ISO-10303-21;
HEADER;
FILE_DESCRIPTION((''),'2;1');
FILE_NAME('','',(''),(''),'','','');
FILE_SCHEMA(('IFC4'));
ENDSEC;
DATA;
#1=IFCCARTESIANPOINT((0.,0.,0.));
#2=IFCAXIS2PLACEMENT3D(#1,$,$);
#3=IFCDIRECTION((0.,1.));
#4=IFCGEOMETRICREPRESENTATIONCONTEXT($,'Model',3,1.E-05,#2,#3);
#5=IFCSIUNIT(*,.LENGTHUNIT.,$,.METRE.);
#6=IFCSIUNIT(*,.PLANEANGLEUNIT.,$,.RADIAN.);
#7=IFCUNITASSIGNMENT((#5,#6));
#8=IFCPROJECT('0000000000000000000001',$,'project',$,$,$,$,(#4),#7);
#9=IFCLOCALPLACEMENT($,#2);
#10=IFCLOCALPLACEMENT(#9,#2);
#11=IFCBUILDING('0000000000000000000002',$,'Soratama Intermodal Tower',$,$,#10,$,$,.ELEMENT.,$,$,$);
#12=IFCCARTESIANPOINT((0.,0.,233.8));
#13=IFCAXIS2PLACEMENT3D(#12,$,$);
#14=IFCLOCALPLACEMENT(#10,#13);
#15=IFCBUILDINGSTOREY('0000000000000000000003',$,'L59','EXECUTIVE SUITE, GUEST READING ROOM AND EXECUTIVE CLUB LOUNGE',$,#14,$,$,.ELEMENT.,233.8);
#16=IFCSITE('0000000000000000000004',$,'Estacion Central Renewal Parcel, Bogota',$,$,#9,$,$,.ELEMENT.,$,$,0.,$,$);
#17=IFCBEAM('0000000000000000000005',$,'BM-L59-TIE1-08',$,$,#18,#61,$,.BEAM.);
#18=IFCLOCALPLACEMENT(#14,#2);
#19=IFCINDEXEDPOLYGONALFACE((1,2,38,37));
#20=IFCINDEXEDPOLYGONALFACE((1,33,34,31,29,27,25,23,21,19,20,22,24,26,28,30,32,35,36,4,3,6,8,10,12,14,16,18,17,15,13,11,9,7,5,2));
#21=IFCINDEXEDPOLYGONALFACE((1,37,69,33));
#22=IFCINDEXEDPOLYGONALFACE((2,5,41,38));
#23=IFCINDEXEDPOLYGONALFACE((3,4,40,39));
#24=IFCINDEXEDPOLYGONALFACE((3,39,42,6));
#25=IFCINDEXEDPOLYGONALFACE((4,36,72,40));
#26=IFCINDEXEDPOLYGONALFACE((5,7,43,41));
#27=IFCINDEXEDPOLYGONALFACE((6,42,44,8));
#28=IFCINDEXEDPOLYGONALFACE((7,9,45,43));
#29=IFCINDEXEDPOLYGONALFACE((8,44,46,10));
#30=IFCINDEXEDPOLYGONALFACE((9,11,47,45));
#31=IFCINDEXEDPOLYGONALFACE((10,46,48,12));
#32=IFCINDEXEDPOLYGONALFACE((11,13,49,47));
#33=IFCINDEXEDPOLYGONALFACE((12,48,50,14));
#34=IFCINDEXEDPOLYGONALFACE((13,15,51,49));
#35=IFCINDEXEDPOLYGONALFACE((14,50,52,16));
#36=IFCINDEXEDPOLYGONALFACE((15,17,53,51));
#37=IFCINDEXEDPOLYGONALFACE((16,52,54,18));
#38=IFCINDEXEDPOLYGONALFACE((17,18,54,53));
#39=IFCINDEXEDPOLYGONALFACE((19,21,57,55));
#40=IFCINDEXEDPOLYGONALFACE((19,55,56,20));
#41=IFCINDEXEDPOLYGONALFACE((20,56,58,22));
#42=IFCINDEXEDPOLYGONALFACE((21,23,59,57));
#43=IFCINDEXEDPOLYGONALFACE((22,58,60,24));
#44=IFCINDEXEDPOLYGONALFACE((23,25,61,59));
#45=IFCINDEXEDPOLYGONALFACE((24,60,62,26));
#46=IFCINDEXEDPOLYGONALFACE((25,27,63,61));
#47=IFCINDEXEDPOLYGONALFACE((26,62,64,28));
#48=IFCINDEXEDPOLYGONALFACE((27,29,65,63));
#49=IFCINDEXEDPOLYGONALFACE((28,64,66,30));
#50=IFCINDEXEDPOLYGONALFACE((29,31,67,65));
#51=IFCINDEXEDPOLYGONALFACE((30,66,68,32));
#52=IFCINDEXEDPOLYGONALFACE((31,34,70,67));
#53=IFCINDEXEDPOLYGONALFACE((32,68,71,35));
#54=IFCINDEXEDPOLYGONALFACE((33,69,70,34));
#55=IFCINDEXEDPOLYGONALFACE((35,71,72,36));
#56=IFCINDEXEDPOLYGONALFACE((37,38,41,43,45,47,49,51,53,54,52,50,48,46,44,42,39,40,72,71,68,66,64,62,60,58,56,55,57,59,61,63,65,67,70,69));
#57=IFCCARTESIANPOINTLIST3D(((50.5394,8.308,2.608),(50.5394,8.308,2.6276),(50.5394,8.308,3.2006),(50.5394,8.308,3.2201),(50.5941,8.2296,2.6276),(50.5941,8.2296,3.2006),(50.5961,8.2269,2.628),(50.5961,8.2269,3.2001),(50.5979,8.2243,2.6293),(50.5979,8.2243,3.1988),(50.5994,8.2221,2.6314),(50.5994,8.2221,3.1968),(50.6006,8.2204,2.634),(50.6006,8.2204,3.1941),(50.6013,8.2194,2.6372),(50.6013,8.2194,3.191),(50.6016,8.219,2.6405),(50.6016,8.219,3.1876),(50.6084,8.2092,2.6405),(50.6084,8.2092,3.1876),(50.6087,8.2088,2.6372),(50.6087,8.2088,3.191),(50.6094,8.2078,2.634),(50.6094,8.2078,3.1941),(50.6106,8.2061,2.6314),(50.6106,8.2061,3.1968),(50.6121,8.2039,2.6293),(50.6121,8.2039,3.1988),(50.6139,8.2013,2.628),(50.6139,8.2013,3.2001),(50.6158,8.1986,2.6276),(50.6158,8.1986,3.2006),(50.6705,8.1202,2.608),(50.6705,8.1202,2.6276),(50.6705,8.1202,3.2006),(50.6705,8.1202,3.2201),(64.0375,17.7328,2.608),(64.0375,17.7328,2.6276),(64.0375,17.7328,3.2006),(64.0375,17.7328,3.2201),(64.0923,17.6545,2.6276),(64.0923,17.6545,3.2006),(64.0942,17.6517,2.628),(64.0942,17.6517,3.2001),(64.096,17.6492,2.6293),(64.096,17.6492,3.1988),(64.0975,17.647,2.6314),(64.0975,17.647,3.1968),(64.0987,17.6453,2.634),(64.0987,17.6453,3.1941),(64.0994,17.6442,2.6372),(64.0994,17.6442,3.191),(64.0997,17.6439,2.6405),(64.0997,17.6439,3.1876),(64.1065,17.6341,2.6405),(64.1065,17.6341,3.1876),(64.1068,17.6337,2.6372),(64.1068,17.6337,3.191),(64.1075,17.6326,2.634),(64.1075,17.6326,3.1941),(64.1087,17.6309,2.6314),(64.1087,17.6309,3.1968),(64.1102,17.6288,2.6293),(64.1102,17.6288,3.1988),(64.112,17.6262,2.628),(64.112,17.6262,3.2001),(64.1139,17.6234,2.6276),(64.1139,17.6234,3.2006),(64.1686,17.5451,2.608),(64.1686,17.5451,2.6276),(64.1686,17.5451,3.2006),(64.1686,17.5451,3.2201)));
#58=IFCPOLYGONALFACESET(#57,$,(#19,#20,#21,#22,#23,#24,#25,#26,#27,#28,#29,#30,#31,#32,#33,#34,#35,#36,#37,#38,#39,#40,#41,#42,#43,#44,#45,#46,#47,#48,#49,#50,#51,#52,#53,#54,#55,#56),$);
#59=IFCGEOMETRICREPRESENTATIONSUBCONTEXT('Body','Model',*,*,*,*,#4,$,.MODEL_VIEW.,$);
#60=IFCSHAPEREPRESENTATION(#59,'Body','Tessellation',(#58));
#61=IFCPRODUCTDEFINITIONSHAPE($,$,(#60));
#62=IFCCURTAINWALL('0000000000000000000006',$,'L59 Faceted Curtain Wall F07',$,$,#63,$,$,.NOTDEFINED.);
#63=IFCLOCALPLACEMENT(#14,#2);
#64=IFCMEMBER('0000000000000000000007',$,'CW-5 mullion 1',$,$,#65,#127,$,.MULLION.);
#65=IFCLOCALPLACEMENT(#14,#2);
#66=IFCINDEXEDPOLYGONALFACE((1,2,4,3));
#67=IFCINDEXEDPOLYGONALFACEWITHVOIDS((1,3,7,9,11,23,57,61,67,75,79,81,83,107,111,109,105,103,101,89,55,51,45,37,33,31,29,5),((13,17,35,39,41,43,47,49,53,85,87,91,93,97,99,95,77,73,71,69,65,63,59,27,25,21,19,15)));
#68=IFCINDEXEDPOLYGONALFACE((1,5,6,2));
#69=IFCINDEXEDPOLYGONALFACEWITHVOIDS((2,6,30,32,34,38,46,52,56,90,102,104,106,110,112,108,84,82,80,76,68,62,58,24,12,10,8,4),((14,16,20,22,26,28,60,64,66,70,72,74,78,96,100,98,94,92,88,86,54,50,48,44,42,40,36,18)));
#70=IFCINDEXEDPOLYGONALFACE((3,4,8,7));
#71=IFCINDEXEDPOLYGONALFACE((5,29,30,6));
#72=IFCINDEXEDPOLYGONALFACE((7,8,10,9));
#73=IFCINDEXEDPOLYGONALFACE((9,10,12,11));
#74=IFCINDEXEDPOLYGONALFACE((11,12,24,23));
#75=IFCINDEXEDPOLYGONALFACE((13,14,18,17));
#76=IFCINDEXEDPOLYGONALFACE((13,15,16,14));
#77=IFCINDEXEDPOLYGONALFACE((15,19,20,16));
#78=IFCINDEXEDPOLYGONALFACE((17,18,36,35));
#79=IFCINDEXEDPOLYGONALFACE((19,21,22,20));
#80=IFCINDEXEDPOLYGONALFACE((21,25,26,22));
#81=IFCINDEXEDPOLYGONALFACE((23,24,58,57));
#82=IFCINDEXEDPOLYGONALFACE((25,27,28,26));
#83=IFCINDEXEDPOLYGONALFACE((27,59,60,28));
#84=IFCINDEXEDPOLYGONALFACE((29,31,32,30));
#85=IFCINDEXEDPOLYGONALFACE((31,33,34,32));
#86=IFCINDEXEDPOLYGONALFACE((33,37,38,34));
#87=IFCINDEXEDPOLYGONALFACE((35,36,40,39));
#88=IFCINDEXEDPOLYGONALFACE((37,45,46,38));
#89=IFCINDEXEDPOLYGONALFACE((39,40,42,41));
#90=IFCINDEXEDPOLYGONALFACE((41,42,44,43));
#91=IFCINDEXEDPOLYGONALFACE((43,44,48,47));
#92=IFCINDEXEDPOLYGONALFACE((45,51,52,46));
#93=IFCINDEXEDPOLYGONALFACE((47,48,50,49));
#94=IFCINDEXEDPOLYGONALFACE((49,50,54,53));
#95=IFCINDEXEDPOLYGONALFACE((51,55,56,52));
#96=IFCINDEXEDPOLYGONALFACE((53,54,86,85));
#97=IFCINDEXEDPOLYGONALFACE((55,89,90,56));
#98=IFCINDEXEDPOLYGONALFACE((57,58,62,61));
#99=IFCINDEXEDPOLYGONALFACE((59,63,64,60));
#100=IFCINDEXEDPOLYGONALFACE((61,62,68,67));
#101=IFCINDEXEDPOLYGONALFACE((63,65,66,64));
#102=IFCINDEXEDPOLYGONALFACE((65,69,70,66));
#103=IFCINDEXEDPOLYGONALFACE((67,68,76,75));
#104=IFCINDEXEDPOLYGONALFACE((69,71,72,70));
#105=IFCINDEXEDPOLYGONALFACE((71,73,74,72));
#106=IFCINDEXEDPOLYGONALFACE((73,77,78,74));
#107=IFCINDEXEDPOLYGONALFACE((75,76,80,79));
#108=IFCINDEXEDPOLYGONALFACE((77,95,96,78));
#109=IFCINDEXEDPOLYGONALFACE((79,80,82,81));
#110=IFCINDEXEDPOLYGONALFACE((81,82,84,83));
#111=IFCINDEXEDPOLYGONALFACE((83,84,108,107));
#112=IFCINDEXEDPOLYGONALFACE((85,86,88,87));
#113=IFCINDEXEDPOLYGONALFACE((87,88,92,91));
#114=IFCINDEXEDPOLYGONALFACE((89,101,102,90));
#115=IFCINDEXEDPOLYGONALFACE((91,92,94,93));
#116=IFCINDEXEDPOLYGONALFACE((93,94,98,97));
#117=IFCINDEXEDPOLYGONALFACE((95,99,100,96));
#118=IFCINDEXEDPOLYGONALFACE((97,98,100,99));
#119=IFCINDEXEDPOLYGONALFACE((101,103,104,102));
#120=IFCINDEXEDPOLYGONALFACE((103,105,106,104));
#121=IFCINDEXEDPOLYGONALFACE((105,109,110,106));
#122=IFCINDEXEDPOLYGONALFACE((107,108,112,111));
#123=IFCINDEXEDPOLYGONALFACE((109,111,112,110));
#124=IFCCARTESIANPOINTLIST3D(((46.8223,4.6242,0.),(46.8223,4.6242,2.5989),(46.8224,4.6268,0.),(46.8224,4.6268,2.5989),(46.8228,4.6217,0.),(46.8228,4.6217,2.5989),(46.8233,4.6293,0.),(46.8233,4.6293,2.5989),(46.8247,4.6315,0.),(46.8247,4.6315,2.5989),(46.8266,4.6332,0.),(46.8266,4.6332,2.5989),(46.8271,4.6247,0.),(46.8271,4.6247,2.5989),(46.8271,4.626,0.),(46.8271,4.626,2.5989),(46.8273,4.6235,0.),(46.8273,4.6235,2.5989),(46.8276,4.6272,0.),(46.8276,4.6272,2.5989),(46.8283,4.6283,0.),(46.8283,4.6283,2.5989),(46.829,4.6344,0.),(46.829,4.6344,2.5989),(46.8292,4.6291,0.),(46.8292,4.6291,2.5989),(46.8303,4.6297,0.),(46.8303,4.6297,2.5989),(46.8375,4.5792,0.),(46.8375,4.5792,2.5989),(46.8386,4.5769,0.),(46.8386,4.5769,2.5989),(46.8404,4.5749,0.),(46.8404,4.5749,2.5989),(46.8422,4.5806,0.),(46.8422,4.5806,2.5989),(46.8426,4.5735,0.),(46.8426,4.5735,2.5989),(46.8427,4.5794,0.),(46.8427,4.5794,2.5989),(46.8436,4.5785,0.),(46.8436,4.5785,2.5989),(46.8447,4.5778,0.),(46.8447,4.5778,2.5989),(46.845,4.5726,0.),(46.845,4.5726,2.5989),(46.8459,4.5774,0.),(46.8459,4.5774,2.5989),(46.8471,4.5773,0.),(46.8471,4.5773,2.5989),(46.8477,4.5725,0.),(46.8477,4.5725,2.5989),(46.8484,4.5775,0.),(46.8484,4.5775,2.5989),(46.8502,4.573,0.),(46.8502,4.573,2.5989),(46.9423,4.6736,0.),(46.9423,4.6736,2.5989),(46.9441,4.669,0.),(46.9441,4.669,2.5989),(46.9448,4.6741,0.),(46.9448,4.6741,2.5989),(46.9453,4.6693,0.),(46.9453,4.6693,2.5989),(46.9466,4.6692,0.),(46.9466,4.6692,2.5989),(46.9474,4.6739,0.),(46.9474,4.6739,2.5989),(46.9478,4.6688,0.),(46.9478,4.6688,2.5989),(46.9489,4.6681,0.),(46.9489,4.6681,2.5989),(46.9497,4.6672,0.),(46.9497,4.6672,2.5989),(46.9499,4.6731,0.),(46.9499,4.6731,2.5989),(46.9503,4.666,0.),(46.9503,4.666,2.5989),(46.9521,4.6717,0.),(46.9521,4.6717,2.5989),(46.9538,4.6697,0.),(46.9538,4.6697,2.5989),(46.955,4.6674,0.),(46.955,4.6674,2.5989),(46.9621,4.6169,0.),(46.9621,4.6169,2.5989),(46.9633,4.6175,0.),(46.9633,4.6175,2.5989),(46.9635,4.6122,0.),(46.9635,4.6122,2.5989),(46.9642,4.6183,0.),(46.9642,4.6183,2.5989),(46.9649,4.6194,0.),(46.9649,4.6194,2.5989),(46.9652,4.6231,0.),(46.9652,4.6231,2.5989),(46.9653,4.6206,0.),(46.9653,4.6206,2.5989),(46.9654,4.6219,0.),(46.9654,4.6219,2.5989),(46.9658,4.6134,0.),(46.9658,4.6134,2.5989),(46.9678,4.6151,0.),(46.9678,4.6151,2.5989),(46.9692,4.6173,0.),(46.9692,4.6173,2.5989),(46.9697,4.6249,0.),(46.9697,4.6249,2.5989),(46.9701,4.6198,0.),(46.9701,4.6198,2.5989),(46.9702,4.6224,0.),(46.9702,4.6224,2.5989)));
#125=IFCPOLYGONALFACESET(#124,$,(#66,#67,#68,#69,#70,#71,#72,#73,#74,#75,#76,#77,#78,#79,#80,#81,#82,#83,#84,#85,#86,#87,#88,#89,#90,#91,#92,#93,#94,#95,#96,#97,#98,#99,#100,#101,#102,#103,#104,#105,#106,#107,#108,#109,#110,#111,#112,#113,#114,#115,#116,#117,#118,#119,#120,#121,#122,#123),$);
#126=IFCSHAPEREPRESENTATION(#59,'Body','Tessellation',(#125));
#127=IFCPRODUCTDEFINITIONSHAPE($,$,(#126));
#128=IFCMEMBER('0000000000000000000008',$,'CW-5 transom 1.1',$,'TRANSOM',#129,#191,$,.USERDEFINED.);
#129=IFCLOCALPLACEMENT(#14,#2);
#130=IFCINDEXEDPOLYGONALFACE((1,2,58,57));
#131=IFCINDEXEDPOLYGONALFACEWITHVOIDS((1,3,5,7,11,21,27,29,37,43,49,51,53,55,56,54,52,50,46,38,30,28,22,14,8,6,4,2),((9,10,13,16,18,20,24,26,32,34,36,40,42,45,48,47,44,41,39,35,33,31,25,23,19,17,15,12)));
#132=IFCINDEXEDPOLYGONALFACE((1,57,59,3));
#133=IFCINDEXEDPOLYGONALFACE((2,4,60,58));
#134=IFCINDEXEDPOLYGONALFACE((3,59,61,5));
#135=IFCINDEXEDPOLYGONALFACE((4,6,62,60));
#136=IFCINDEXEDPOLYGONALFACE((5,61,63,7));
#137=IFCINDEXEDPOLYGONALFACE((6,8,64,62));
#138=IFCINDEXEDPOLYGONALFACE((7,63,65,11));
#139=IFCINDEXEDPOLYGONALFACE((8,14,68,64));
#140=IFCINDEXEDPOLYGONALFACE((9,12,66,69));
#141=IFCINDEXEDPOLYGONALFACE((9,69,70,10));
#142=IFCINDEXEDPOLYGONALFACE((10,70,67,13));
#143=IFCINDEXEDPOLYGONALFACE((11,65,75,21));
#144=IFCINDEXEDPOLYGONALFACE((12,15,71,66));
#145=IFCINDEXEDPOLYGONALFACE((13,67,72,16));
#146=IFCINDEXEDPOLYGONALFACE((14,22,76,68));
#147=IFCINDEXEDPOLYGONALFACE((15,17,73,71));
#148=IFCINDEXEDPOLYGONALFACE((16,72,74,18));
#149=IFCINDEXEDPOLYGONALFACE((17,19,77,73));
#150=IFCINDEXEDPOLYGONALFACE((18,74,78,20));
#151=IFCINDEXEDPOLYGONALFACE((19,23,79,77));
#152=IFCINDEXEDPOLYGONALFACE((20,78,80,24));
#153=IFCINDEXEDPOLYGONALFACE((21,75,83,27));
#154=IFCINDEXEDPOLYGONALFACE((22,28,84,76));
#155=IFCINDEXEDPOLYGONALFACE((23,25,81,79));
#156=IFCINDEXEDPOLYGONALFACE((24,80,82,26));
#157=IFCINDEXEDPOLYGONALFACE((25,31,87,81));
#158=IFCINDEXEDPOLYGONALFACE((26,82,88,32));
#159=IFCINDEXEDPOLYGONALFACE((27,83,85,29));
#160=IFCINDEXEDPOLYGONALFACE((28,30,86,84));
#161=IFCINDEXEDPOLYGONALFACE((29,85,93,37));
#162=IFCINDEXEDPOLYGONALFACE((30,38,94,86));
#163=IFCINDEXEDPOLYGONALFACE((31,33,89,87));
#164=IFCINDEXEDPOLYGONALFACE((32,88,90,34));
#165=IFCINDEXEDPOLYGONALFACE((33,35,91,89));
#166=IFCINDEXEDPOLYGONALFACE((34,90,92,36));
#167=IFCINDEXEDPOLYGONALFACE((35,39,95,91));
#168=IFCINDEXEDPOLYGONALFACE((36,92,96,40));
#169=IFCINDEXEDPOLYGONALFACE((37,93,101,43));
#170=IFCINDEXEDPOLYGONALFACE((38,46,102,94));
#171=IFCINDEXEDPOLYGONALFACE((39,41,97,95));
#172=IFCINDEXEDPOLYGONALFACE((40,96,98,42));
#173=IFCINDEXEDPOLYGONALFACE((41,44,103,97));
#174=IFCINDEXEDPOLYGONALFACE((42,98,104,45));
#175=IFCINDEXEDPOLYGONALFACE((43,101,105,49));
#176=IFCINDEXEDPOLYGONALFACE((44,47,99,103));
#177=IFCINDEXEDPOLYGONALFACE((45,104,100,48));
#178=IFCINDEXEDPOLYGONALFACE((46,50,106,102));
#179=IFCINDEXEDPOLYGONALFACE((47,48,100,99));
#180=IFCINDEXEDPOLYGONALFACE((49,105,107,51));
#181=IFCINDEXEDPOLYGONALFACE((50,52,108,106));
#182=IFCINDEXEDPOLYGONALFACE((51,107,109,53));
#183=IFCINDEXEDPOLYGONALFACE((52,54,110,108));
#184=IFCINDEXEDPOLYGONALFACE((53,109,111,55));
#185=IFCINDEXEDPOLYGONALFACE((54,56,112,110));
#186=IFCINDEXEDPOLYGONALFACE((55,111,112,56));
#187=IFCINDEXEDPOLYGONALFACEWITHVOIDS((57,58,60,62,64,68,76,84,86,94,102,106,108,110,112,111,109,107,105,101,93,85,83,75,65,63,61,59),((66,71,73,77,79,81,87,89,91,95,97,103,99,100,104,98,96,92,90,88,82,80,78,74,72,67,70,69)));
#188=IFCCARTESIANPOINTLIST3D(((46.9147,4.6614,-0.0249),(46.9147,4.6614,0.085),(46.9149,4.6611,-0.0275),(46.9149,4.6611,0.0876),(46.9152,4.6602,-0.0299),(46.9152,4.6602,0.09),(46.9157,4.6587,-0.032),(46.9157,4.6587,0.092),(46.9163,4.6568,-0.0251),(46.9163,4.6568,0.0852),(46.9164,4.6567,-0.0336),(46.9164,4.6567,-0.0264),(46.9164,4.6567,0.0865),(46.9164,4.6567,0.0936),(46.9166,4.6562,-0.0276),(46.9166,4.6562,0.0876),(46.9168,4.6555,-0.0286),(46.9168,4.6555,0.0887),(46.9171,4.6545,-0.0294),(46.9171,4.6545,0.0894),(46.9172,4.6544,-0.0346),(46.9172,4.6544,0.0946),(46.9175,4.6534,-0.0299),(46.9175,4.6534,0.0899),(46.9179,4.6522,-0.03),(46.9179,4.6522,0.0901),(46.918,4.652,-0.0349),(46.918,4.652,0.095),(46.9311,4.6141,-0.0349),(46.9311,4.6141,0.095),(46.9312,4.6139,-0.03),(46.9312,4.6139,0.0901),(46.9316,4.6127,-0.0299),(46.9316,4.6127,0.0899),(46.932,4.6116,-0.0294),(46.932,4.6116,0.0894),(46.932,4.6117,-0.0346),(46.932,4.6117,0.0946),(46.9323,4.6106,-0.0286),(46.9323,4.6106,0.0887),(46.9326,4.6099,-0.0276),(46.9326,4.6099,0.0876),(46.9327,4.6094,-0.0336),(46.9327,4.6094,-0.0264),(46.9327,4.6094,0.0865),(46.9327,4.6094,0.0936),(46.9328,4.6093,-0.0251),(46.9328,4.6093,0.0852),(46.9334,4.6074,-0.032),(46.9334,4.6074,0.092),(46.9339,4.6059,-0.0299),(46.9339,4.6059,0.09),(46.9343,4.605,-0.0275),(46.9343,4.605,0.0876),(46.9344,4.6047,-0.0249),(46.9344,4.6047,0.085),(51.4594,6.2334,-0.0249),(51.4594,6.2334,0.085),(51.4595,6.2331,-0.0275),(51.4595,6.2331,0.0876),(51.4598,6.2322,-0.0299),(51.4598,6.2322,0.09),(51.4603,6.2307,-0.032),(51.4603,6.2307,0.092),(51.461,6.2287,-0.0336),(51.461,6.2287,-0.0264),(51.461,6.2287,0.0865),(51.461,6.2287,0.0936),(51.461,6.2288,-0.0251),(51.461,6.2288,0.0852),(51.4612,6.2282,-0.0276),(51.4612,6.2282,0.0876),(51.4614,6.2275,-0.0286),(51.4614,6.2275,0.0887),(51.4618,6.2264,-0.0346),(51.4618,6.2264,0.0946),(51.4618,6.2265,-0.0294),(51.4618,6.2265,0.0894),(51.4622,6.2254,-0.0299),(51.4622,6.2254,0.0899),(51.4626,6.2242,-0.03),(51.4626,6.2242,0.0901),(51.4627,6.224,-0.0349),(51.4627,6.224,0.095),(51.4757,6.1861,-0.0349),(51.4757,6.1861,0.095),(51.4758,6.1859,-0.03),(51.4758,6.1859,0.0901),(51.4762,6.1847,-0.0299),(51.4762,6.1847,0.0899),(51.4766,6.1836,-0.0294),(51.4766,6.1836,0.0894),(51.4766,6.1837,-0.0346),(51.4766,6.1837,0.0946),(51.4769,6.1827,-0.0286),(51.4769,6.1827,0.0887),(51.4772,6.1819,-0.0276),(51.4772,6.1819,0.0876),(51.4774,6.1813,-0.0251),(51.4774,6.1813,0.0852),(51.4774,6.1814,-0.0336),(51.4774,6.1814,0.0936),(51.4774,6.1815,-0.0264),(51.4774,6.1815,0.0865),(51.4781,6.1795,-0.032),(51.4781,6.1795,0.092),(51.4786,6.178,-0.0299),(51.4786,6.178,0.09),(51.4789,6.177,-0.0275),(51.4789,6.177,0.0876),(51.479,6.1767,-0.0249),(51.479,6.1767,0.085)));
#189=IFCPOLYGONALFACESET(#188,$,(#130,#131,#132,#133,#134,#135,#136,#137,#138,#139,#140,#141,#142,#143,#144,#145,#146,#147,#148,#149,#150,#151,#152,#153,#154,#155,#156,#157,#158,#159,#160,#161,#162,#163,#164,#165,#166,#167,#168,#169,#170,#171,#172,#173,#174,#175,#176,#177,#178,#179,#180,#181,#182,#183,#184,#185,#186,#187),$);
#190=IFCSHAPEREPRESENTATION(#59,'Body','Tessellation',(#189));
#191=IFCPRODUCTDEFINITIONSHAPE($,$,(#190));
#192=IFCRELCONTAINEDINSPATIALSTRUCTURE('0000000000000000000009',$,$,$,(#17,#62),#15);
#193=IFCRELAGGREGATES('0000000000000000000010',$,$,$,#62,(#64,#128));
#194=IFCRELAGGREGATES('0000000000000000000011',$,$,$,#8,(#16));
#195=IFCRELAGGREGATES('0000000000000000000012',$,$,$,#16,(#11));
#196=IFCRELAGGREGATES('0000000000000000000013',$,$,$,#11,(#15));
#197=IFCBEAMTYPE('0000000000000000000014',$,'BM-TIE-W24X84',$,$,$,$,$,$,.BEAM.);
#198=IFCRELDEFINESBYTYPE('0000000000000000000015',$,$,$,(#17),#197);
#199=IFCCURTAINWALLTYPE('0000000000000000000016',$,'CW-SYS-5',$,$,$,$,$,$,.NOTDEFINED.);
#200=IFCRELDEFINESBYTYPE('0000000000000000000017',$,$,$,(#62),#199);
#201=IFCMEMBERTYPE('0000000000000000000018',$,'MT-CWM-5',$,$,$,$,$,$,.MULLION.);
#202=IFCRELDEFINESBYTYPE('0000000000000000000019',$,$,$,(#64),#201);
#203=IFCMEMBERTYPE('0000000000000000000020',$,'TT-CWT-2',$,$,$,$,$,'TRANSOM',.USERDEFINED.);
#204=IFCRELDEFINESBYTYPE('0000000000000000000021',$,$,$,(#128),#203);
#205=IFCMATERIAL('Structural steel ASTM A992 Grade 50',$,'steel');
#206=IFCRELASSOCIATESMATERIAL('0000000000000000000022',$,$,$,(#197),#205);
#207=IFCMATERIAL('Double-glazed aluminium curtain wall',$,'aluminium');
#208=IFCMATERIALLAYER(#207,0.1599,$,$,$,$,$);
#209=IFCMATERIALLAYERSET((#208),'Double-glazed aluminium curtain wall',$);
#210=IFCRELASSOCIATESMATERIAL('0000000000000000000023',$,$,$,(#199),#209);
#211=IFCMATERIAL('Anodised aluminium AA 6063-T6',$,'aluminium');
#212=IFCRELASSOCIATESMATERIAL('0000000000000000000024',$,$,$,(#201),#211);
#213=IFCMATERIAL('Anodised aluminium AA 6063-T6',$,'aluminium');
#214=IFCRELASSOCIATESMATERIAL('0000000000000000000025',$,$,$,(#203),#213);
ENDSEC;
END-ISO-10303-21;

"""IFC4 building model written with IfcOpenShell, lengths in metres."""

from ifc_helpers import new_model, si_unit, direction, frame, origin, origin_2d, place, context, subcontext, project, spatial, hollow_rectangle, i_section, extrude, material, layer, layer_set, material_profile, profile_set, type_object, element, aggregate, save


model = new_model("IFC4")

# Units and contexts
model_context = context("Model", 3, precision=1e-05, world=origin(), true_north=direction((0.0, 1.0)))
body_context = subcontext(model_context, "Body", "Model", "MODEL_VIEW")
ifc_project = project(units=[si_unit("LENGTHUNIT", "METRE"), si_unit("PLANEANGLEUNIT", "RADIAN")], contexts=[model_context])

# Site, building, storey
site_placement = place(None, origin())
site = spatial("IfcSite", under=ifc_project, at=site_placement, Name="Estacion Central Renewal Parcel, Bogota", CompositionType="ELEMENT", RefElevation=0.0)
building_placement = place(site_placement, origin())
building = spatial("IfcBuilding", under=site, at=building_placement, Name="Soratama Intermodal Tower", CompositionType="ELEMENT")
storey_placement = place(building_placement, frame((0.0, 0.0, 233.8)))
storey = spatial("IfcBuildingStorey", under=building, at=storey_placement, Name="L59", Description="EXECUTIVE SUITE, GUEST READING ROOM AND EXECUTIVE CLUB LOUNGE", CompositionType="ELEMENT", Elevation=233.8)

# Beam
ifc_material_1 = material(Name="Structural steel ASTM A992 Grade 50", Category="steel")
ifc_material_profile_1 = material_profile(ifc_material_1, i_section(OverallWidth=0.229, OverallDepth=0.6121, WebThickness=0.012, FlangeThickness=0.0195, FilletRadius=0.0129, at=origin_2d()), Name="W24X84")
ifc_profile_set_1 = profile_set([ifc_material_profile_1], Name="Structural steel ASTM A992 Grade 50")
beam_type_1 = type_object("IfcBeamType", Name="BM-TIE-W24X84", PredefinedType="BEAM", material=ifc_profile_set_1)
beam_1_placement = place(storey_placement, frame((50.605, 8.2141, 2.9141), z_axis=(0.819911, 0.572491, 0.0), x_axis=(-0.572491, 0.819911, 0.0)))
element("IfcBeam", 1, at=beam_1_placement, inside=storey, type_object=beam_type_1, Name="BM-L59-TIE1-08", PredefinedType="BEAM", context=body_context, shape_type="SweptSolid", body=[
    extrude(i_section(OverallWidth=0.229, OverallDepth=0.6121, WebThickness=0.012, FlangeThickness=0.0195, FilletRadius=0.0129, at=origin_2d()), origin(), (0.0, 0.0, 1.0), 16.4629),
])

# Curtain wall, members
ifc_material_2 = material(Name="Double-glazed aluminium curtain wall", Category="aluminium")
ifc_layer_1 = layer(ifc_material_2, 0.1599)
ifc_layer_set_1 = layer_set([ifc_layer_1], Name="Double-glazed aluminium curtain wall")
curtain_wall_type = type_object("IfcCurtainWallType", Name="CW-SYS-5", PredefinedType="NOTDEFINED", material=ifc_layer_set_1)
curtain_wall_placement = place(storey_placement, origin())
curtain_wall = element("IfcCurtainWall", 2, at=curtain_wall_placement, inside=storey, type_object=curtain_wall_type, Name="L59 Faceted Curtain Wall F07", PredefinedType="NOTDEFINED")
ifc_material_3 = material(Name="Anodised aluminium AA 6063-T6", Category="aluminium")
ifc_material_profile_2 = material_profile(ifc_material_3, hollow_rectangle(XDim=0.0649, YDim=0.1399, WallThickness=0.0049, InnerFilletRadius=0.0049, OuterFilletRadius=0.01, at=origin_2d()), Name="CWM140X65X5")
ifc_profile_set_2 = profile_set([ifc_material_profile_2], Name="Anodised aluminium AA 6063-T6")
member_type_1 = type_object("IfcMemberType", Name="MT-CWM-5", PredefinedType="MULLION", material=ifc_profile_set_2)
member_1_placement = place(storey_placement, frame((46.8962, 4.6233, 0.0), z_axis=(0.0, 0.0, 1.0), x_axis=(-0.326894, 0.945061, 0.0)))
member_1 = element("IfcMember", 3, at=member_1_placement, type_object=member_type_1, Name="CW-5 mullion 1", PredefinedType="MULLION", context=body_context, shape_type="SweptSolid", body=[
    extrude(hollow_rectangle(XDim=0.0649, YDim=0.1399, WallThickness=0.0049, InnerFilletRadius=0.0049, OuterFilletRadius=0.01, at=origin_2d()), origin(), (0.0, 0.0, 1.0), 2.5989),
])
ifc_material_4 = material(Name="Anodised aluminium AA 6063-T6", Category="aluminium")
ifc_material_profile_3 = material_profile(ifc_material_4, hollow_rectangle(XDim=0.0601, YDim=0.1299, WallThickness=0.0049, InnerFilletRadius=0.0049, OuterFilletRadius=0.01, at=origin_2d()), Name="CWT130X60X5")
ifc_profile_set_3 = profile_set([ifc_material_profile_3], Name="Anodised aluminium AA 6063-T6")
member_type_2 = type_object("IfcMemberType", Name="TT-CWT-2", ElementType="TRANSOM", PredefinedType="USERDEFINED", material=ifc_profile_set_3)
member_2_placement = place(storey_placement, frame((46.9246, 4.6331, 0.03), z_axis=(0.945059, 0.3269, 0.0), x_axis=(-0.3269, 0.945059, 0.0)))
member_2 = element("IfcMember", 4, at=member_2_placement, type_object=member_type_2, Name="CW-5 transom 1.1", ObjectType="TRANSOM", PredefinedType="USERDEFINED", context=body_context, shape_type="SweptSolid", body=[
    extrude(hollow_rectangle(XDim=0.0601, YDim=0.1299, WallThickness=0.0049, InnerFilletRadius=0.0049, OuterFilletRadius=0.01, at=origin_2d()), origin(), (0.0, 0.0, 1.0), 4.8088),
])
aggregate(curtain_wall, [member_1, member_2])

save(model, "model.ifc")
